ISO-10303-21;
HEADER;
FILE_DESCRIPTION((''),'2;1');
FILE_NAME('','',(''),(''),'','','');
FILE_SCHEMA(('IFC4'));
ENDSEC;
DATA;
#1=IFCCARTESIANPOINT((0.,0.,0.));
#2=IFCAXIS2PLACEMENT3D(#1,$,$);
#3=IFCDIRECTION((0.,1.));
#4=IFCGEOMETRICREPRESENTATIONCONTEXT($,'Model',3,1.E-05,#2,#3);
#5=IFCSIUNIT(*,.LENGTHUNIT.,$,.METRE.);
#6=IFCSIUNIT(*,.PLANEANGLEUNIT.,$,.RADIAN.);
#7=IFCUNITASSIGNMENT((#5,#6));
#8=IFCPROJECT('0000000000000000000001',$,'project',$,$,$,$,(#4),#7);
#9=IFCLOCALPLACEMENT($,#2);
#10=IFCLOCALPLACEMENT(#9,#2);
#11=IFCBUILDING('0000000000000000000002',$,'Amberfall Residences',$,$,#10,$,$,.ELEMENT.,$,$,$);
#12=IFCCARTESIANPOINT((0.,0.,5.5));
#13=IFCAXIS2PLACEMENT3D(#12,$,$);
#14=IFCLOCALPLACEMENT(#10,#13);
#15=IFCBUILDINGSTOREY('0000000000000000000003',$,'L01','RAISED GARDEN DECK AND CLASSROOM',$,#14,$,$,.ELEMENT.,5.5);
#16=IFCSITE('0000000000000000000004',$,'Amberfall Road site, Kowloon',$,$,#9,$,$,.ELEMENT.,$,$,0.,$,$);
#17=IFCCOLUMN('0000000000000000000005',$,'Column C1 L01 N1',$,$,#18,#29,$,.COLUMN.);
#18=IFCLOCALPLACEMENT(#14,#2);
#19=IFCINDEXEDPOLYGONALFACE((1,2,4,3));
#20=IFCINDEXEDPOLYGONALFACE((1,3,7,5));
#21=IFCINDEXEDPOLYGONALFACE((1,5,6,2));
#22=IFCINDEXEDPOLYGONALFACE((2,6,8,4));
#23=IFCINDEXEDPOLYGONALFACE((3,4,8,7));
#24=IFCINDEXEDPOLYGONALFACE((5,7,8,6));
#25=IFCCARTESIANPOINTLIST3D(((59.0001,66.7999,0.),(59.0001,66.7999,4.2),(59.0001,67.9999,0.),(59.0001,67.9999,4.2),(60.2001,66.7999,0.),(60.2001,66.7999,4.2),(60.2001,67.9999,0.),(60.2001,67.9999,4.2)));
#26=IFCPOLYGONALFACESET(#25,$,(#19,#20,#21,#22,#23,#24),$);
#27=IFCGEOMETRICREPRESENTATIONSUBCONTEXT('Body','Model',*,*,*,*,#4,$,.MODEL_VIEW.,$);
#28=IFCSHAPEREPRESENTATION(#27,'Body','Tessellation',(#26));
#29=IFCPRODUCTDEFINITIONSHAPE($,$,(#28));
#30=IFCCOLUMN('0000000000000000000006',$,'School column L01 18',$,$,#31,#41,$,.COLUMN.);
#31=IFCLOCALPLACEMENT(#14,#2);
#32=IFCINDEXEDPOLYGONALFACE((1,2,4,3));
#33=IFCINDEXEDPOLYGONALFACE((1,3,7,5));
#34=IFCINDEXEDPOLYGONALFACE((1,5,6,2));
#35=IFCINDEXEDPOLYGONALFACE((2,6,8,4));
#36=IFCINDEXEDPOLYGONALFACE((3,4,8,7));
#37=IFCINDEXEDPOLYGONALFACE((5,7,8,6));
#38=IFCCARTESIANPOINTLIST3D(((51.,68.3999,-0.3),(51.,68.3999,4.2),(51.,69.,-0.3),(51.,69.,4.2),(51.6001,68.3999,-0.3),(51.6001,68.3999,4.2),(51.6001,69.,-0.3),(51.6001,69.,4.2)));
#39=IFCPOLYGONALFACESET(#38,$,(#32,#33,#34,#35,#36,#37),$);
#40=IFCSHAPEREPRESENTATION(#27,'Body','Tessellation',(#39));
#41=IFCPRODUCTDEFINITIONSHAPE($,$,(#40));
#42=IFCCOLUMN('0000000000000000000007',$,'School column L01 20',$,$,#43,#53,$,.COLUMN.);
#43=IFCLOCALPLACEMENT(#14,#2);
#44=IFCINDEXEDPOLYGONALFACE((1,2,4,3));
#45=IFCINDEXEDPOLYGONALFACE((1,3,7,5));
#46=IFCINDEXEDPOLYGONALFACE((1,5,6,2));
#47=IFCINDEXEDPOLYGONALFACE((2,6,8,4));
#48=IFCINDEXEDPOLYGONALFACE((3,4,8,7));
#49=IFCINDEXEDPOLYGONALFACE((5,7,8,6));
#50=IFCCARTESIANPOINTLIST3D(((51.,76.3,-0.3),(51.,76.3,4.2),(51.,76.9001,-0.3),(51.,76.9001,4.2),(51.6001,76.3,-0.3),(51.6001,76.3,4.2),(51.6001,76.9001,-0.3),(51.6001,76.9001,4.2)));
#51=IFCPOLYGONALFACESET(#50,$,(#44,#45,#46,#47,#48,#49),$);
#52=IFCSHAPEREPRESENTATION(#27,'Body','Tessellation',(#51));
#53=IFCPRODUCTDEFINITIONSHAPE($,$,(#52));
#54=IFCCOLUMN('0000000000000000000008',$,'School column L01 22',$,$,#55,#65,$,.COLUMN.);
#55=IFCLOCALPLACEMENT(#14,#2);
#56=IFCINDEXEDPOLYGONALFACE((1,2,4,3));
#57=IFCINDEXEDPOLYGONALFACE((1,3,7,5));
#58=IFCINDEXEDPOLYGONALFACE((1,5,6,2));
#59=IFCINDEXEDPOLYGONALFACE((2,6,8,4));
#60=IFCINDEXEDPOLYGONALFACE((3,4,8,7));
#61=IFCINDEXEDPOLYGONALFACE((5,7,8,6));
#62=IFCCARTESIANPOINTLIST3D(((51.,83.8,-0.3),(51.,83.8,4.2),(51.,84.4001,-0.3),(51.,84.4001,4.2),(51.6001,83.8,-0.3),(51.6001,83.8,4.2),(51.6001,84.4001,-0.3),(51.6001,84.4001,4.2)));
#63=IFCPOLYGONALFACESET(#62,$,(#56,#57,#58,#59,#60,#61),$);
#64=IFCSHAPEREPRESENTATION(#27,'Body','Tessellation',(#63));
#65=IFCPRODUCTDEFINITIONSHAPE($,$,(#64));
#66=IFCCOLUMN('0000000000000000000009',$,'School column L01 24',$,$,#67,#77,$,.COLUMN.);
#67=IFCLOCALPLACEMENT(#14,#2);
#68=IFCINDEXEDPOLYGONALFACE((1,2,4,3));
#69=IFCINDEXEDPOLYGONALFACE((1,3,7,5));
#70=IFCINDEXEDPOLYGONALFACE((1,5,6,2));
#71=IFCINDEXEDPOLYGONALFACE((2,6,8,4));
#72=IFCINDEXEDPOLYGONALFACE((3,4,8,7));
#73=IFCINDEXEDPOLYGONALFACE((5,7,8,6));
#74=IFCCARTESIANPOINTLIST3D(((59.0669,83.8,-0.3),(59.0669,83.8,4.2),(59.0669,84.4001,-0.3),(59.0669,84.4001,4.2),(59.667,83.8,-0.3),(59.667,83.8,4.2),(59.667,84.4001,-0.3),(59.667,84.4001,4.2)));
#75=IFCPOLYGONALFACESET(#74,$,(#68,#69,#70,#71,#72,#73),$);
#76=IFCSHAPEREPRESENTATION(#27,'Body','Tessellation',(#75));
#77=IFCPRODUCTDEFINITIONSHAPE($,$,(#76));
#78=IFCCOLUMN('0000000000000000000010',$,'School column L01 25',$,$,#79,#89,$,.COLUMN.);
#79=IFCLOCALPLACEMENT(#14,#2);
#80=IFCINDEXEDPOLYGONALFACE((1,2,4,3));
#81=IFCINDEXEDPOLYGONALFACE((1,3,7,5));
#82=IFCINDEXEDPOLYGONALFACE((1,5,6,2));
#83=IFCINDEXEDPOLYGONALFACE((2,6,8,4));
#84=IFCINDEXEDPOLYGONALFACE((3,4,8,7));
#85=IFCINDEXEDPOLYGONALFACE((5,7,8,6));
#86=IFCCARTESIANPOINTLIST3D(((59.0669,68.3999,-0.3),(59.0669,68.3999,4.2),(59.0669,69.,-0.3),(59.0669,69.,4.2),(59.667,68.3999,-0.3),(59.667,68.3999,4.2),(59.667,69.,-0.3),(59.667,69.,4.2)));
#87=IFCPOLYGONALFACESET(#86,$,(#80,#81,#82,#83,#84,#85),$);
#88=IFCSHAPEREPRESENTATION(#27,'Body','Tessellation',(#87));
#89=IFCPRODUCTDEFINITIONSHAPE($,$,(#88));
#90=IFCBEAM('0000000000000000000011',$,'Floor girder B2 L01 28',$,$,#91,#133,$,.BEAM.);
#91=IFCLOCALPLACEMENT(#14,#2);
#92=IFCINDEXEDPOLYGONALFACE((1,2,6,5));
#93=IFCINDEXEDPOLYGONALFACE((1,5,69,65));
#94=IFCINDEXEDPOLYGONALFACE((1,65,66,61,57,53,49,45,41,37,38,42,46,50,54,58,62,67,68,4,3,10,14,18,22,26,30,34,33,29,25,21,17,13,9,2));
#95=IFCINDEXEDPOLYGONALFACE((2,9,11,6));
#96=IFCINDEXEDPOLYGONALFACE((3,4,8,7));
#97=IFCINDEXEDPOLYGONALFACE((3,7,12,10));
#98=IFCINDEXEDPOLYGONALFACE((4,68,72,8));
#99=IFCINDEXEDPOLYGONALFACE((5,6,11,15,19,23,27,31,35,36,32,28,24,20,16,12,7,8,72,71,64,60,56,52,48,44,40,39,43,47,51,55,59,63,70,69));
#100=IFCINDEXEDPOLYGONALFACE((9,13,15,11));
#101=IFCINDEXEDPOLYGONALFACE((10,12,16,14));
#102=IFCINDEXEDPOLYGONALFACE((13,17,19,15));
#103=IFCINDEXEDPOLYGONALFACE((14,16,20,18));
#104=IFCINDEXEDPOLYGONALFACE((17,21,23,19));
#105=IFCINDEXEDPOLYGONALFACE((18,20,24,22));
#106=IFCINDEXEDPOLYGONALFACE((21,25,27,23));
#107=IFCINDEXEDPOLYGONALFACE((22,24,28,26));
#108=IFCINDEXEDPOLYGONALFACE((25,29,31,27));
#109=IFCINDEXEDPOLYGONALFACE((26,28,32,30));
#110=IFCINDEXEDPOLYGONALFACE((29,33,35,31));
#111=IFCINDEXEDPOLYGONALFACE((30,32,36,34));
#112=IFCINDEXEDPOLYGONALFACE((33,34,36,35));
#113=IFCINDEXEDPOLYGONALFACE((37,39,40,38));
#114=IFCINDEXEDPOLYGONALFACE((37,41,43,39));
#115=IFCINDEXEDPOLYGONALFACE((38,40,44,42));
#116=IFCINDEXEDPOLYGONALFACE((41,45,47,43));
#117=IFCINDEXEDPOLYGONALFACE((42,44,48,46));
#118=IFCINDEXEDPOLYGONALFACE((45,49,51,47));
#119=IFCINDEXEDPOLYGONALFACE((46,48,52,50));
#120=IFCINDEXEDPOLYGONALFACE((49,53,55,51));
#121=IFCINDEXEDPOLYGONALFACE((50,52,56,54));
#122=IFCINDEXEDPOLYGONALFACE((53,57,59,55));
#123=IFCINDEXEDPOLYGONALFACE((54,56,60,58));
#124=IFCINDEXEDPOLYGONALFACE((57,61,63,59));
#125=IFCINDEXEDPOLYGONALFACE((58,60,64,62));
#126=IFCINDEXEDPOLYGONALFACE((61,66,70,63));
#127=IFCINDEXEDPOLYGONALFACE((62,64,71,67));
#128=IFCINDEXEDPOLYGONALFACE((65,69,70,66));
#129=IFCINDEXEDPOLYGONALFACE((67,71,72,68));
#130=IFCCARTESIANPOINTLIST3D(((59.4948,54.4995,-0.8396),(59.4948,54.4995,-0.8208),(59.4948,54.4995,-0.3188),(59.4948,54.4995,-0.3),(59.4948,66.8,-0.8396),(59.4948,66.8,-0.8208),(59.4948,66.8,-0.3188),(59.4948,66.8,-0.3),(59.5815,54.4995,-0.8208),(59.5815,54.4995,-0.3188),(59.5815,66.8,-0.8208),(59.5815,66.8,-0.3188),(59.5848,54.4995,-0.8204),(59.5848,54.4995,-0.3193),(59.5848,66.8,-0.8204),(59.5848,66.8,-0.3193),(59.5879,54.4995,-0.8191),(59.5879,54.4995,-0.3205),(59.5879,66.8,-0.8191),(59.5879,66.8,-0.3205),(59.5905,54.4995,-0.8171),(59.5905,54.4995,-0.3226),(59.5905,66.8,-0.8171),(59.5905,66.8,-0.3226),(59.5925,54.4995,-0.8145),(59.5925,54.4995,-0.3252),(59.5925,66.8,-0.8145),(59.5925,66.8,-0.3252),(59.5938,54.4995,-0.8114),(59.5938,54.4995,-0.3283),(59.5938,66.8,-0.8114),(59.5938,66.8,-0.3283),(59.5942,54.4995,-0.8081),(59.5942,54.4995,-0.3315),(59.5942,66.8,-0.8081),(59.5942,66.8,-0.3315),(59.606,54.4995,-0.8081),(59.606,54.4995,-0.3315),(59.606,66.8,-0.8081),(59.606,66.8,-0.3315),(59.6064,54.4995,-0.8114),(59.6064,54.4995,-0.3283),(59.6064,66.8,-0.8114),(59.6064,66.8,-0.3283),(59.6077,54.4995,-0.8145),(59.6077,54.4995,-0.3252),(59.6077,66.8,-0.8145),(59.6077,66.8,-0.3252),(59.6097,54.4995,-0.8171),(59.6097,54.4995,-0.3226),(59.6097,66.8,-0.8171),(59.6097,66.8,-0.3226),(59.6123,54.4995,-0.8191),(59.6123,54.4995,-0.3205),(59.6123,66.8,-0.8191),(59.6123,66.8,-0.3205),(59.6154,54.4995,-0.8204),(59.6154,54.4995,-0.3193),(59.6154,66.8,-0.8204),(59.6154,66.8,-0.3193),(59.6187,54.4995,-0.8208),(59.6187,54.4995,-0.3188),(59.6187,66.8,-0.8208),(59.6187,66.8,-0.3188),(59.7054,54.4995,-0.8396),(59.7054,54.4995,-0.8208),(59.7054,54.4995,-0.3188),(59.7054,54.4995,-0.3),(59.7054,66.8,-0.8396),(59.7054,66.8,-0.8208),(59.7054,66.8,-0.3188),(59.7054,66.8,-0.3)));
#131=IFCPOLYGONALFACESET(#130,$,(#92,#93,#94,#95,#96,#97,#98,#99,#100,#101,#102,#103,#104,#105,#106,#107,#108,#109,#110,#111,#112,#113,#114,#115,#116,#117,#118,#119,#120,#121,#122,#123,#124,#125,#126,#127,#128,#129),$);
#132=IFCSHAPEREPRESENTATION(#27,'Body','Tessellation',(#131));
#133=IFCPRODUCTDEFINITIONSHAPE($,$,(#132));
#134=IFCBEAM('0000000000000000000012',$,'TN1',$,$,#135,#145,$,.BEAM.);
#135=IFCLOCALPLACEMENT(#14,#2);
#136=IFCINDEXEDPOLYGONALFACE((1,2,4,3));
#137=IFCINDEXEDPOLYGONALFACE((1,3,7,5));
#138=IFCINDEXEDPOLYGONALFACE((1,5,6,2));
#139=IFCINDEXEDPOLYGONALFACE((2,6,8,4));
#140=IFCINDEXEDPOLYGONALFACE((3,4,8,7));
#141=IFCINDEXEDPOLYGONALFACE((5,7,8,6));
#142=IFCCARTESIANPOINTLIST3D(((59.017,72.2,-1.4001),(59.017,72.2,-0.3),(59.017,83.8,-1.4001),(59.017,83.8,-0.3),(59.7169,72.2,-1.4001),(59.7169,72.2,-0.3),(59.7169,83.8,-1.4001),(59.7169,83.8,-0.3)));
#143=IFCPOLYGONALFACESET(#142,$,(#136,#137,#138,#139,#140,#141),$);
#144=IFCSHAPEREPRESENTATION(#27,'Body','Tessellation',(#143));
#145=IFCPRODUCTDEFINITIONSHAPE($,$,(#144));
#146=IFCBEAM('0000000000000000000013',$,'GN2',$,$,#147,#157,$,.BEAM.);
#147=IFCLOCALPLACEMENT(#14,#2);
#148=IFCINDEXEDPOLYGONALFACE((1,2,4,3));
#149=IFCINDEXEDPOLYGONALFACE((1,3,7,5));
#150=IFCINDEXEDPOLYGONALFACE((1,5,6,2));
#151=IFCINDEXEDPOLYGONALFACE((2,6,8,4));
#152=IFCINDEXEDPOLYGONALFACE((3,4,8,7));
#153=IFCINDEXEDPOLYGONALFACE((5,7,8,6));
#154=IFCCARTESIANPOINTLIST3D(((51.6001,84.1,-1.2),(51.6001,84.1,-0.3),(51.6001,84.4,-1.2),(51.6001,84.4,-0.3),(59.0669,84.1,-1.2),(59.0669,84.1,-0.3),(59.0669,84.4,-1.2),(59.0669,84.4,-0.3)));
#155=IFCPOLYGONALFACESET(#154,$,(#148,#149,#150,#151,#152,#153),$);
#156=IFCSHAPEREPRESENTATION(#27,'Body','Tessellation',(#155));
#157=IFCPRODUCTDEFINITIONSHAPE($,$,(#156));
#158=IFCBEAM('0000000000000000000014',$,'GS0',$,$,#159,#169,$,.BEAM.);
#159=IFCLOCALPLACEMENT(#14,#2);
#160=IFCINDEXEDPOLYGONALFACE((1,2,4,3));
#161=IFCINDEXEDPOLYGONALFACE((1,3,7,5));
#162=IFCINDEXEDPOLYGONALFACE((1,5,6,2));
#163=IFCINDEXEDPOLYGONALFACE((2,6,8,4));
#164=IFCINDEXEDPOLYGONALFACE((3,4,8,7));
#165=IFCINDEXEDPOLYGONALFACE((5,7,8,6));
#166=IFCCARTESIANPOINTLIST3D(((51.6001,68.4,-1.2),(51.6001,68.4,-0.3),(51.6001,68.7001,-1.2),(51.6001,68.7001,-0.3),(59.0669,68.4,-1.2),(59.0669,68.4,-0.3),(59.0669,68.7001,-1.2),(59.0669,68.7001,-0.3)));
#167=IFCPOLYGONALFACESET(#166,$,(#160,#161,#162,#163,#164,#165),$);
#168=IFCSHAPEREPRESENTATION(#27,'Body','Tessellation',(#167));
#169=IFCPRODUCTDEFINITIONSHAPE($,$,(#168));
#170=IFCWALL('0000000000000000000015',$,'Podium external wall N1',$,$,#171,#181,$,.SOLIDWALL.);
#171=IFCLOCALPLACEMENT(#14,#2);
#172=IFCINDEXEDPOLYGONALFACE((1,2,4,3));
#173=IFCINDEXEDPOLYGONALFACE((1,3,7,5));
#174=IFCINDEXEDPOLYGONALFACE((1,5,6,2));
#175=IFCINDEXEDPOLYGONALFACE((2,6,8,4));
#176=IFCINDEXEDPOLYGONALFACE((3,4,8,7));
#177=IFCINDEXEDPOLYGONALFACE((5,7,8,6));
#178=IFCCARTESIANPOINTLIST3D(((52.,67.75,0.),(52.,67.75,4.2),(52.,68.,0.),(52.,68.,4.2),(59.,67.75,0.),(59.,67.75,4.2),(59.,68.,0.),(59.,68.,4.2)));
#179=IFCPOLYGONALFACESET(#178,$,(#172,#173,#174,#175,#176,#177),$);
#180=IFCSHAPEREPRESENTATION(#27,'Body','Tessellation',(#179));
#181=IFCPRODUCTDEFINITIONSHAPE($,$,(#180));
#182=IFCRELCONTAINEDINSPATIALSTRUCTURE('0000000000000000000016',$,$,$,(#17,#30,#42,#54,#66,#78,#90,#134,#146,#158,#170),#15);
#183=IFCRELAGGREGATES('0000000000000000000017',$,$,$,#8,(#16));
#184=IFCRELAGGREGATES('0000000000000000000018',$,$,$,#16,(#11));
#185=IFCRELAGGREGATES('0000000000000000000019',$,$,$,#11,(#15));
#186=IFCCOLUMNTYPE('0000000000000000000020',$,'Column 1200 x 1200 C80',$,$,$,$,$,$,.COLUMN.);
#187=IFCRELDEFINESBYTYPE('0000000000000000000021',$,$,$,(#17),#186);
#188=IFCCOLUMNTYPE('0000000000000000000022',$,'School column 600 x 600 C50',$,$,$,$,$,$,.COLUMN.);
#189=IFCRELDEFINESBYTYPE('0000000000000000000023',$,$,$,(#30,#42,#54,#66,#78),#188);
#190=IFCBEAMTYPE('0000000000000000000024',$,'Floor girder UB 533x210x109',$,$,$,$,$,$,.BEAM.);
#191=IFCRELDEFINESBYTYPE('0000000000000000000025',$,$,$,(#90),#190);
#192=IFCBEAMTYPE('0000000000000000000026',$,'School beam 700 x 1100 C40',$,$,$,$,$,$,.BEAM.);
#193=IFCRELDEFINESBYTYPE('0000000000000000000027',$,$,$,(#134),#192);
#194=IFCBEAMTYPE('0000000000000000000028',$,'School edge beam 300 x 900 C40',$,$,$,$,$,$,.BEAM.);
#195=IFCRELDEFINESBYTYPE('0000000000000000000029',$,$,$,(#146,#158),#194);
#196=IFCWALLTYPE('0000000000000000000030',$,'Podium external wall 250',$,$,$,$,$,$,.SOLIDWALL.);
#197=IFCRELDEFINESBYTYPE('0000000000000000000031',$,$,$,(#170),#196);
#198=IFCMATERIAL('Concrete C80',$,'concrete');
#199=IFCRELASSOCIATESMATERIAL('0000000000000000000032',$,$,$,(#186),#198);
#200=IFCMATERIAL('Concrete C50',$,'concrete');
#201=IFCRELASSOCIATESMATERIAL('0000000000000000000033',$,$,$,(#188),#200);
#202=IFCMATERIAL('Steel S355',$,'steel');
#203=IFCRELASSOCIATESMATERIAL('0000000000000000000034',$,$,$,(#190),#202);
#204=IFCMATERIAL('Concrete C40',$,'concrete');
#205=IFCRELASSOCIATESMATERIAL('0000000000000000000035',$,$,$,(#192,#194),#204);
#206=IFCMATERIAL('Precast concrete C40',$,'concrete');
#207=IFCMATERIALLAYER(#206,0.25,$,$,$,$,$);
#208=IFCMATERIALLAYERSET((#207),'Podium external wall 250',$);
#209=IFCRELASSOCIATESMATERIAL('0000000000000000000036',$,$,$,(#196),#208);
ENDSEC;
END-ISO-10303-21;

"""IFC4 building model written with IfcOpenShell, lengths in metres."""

from ifc_helpers import new_model, si_unit, direction, frame, frame_2d, origin, origin_2d, place, context, subcontext, project, spatial, rectangle, i_section, extrude, material, layer, layer_set, material_profile, profile_set, type_object, element, save


model = new_model("IFC4")

# Units and contexts
model_context = context("Model", 3, precision=1e-05, world=origin(), true_north=direction((0.0, 1.0)))
body_context = subcontext(model_context, "Body", "Model", "MODEL_VIEW")
ifc_project = project(units=[si_unit("LENGTHUNIT", "METRE"), si_unit("PLANEANGLEUNIT", "RADIAN")], contexts=[model_context])

# Site, building, storey
site_placement = place(None, origin())
site = spatial("IfcSite", under=ifc_project, at=site_placement, Name="Amberfall Road site, Kowloon", CompositionType="ELEMENT", RefElevation=0.0)
building_placement = place(site_placement, origin())
building = spatial("IfcBuilding", under=site, at=building_placement, Name="Amberfall Residences", CompositionType="ELEMENT")
storey_placement = place(building_placement, frame((0.0, 0.0, 5.5)))
storey = spatial("IfcBuildingStorey", under=building, at=storey_placement, Name="L01", Description="RAISED GARDEN DECK AND CLASSROOM", CompositionType="ELEMENT", Elevation=5.5)

# Columns
ifc_material_1 = material(Name="Concrete C80", Category="concrete")
ifc_material_profile_1 = material_profile(ifc_material_1, rectangle(XDim=1.2, YDim=1.2, at=origin_2d()), Name="Column 1200 x 1200 C80")
ifc_profile_set_1 = profile_set([ifc_material_profile_1], Name="Concrete C80")
column_type_1 = type_object("IfcColumnType", Name="Column 1200 x 1200 C80", PredefinedType="COLUMN", material=ifc_profile_set_1)
column_placement = place(storey_placement, frame((59.6001, 67.3999, 0.0), z_axis=(0.0, 0.0, 1.0), x_axis=(1.0, 0.0, 0.0)))
element("IfcColumn", 1, at=column_placement, inside=storey, type_object=column_type_1, Name="Column C1 L01 N1", PredefinedType="COLUMN", context=body_context, shape_type="SweptSolid", body=[
    extrude(rectangle(XDim=1.2, YDim=1.2, at=origin_2d()), origin(), (0.0, 0.0, 1.0), 4.2),
])
ifc_material_2 = material(Name="Concrete C50", Category="concrete")
ifc_material_profile_2 = material_profile(ifc_material_2, rectangle(XDim=0.6001, YDim=0.6001, at=origin_2d()), Name="School column 600 x 600 C50")
ifc_profile_set_2 = profile_set([ifc_material_profile_2], Name="Concrete C50")
column_type_2 = type_object("IfcColumnType", Name="School column 600 x 600 C50", PredefinedType="COLUMN", material=ifc_profile_set_2)
for number, where, z_axis, x_axis, name in (
    (2, (51.3, 68.7, -0.3), (0.0, 0.0, 1.0), (1.0, 0.0, 0.0), "School column L01 18"),
    (3, (51.3, 76.6001, -0.3), (0.0, 0.0, 1.0), (1.0, 0.0, 0.0), "School column L01 20"),
    (4, (51.3, 84.1001, -0.3), (0.0, 0.0, 1.0), (1.0, 0.0, 0.0), "School column L01 22"),
    (5, (59.3669, 84.1001, -0.3), (0.0, 0.0, 1.0), (1.0, 0.0, 0.0), "School column L01 24"),
    (6, (59.3669, 68.7, -0.3), (0.0, 0.0, 1.0), (1.0, 0.0, 0.0), "School column L01 25"),
):
    element("IfcColumn", number, at=place(storey_placement, frame(where, z_axis=z_axis, x_axis=x_axis)), inside=storey, type_object=column_type_2, Name=name, PredefinedType="COLUMN", context=body_context, shape_type="SweptSolid", body=[
        extrude(rectangle(XDim=0.6001, YDim=0.6001, at=origin_2d()), origin(), (0.0, 0.0, 1.0), 4.5),
    ])

# Beams
ifc_material_3 = material(Name="Steel S355", Category="steel")
ifc_material_profile_3 = material_profile(ifc_material_3, i_section(OverallWidth=0.2107, OverallDepth=0.5396, WebThickness=0.0117, FlangeThickness=0.0188, FilletRadius=0.0127, at=origin_2d()), Name="UB 533x210x109")
ifc_profile_set_3 = profile_set([ifc_material_profile_3], Name="Steel S355")
beam_type_1 = type_object("IfcBeamType", Name="Floor girder UB 533x210x109", PredefinedType="BEAM", material=ifc_profile_set_3)
beam_1_placement = place(storey_placement, frame((59.6001, 66.8, -0.5698), z_axis=(0.0, -1.0, 0.0), x_axis=(1.0, 0.0, 0.0)))
element("IfcBeam", 7, at=beam_1_placement, inside=storey, type_object=beam_type_1, Name="Floor girder B2 L01 28", PredefinedType="BEAM", context=body_context, shape_type="SweptSolid", body=[
    extrude(i_section(OverallWidth=0.2107, OverallDepth=0.5396, WebThickness=0.0117, FlangeThickness=0.0188, FilletRadius=0.0127, at=origin_2d()), origin(), (0.0, 0.0, 1.0), 12.3005),
])
ifc_material_4 = material(Name="Concrete C40", Category="concrete")
ifc_material_profile_4 = material_profile(ifc_material_4, rectangle(XDim=0.7, YDim=1.1001, at=origin_2d()), Name="School beam 700 x 1100 C40")
ifc_profile_set_4 = profile_set([ifc_material_profile_4], Name="Concrete C40")
beam_type_2 = type_object("IfcBeamType", Name="School beam 700 x 1100 C40", PredefinedType="BEAM", material=ifc_profile_set_4)
beam_2_placement = place(storey_placement, frame((59.3669, 72.2, -0.8501), z_axis=(0.0, 1.0, 0.0), x_axis=(-1.0, 0.0, 0.0)))
element("IfcBeam", 8, at=beam_2_placement, inside=storey, type_object=beam_type_2, Name="TN1", PredefinedType="BEAM", context=body_context, shape_type="SweptSolid", body=[
    extrude(rectangle(XDim=0.7, YDim=1.1001, at=origin_2d()), origin(), (0.0, 0.0, 1.0), 11.6001),
])
ifc_material_profile_5 = material_profile(ifc_material_4, rectangle(XDim=0.3, YDim=0.8999, at=origin_2d()), Name="School edge beam 300 x 900 C40")
ifc_profile_set_5 = profile_set([ifc_material_profile_5], Name="Concrete C40")
beam_type_3 = type_object("IfcBeamType", Name="School edge beam 300 x 900 C40", PredefinedType="BEAM", material=ifc_profile_set_5)
for number, where, z_axis, x_axis, name in (
    (9, (51.6001, 84.25, -0.75), (1.0, 0.0, 0.0), (0.0, 1.0, 0.0), "GN2"),
    (10, (51.6001, 68.55, -0.75), (1.0, 0.0, 0.0), (0.0, 1.0, 0.0), "GS0"),
):
    element("IfcBeam", number, at=place(storey_placement, frame(where, z_axis=z_axis, x_axis=x_axis)), inside=storey, type_object=beam_type_3, Name=name, PredefinedType="BEAM", context=body_context, shape_type="SweptSolid", body=[
        extrude(rectangle(XDim=0.3, YDim=0.8999, at=origin_2d()), origin(), (0.0, 0.0, 1.0), 7.4668),
    ])

# Wall
ifc_material_5 = material(Name="Precast concrete C40", Category="concrete")
ifc_layer_1 = layer(ifc_material_5, 0.25)
ifc_layer_set_1 = layer_set([ifc_layer_1], Name="Podium external wall 250")
wall_type_1 = type_object("IfcWallType", Name="Podium external wall 250", PredefinedType="SOLIDWALL", material=ifc_layer_set_1)
wall_1_placement = place(storey_placement, frame((52.0, 67.875, 0.0), z_axis=(0.0, 0.0, 1.0), x_axis=(1.0, 0.0, 0.0)))
element("IfcWall", 11, at=wall_1_placement, inside=storey, type_object=wall_type_1, Name="Podium external wall N1", PredefinedType="SOLIDWALL", context=body_context, shape_type="SweptSolid", body=[
    extrude(rectangle(XDim=7.0, YDim=0.25, at=frame_2d((3.5, 0.0))), origin(), (0.0, 0.0, 1.0), 4.2),
])

save(model, "model.ifc")
